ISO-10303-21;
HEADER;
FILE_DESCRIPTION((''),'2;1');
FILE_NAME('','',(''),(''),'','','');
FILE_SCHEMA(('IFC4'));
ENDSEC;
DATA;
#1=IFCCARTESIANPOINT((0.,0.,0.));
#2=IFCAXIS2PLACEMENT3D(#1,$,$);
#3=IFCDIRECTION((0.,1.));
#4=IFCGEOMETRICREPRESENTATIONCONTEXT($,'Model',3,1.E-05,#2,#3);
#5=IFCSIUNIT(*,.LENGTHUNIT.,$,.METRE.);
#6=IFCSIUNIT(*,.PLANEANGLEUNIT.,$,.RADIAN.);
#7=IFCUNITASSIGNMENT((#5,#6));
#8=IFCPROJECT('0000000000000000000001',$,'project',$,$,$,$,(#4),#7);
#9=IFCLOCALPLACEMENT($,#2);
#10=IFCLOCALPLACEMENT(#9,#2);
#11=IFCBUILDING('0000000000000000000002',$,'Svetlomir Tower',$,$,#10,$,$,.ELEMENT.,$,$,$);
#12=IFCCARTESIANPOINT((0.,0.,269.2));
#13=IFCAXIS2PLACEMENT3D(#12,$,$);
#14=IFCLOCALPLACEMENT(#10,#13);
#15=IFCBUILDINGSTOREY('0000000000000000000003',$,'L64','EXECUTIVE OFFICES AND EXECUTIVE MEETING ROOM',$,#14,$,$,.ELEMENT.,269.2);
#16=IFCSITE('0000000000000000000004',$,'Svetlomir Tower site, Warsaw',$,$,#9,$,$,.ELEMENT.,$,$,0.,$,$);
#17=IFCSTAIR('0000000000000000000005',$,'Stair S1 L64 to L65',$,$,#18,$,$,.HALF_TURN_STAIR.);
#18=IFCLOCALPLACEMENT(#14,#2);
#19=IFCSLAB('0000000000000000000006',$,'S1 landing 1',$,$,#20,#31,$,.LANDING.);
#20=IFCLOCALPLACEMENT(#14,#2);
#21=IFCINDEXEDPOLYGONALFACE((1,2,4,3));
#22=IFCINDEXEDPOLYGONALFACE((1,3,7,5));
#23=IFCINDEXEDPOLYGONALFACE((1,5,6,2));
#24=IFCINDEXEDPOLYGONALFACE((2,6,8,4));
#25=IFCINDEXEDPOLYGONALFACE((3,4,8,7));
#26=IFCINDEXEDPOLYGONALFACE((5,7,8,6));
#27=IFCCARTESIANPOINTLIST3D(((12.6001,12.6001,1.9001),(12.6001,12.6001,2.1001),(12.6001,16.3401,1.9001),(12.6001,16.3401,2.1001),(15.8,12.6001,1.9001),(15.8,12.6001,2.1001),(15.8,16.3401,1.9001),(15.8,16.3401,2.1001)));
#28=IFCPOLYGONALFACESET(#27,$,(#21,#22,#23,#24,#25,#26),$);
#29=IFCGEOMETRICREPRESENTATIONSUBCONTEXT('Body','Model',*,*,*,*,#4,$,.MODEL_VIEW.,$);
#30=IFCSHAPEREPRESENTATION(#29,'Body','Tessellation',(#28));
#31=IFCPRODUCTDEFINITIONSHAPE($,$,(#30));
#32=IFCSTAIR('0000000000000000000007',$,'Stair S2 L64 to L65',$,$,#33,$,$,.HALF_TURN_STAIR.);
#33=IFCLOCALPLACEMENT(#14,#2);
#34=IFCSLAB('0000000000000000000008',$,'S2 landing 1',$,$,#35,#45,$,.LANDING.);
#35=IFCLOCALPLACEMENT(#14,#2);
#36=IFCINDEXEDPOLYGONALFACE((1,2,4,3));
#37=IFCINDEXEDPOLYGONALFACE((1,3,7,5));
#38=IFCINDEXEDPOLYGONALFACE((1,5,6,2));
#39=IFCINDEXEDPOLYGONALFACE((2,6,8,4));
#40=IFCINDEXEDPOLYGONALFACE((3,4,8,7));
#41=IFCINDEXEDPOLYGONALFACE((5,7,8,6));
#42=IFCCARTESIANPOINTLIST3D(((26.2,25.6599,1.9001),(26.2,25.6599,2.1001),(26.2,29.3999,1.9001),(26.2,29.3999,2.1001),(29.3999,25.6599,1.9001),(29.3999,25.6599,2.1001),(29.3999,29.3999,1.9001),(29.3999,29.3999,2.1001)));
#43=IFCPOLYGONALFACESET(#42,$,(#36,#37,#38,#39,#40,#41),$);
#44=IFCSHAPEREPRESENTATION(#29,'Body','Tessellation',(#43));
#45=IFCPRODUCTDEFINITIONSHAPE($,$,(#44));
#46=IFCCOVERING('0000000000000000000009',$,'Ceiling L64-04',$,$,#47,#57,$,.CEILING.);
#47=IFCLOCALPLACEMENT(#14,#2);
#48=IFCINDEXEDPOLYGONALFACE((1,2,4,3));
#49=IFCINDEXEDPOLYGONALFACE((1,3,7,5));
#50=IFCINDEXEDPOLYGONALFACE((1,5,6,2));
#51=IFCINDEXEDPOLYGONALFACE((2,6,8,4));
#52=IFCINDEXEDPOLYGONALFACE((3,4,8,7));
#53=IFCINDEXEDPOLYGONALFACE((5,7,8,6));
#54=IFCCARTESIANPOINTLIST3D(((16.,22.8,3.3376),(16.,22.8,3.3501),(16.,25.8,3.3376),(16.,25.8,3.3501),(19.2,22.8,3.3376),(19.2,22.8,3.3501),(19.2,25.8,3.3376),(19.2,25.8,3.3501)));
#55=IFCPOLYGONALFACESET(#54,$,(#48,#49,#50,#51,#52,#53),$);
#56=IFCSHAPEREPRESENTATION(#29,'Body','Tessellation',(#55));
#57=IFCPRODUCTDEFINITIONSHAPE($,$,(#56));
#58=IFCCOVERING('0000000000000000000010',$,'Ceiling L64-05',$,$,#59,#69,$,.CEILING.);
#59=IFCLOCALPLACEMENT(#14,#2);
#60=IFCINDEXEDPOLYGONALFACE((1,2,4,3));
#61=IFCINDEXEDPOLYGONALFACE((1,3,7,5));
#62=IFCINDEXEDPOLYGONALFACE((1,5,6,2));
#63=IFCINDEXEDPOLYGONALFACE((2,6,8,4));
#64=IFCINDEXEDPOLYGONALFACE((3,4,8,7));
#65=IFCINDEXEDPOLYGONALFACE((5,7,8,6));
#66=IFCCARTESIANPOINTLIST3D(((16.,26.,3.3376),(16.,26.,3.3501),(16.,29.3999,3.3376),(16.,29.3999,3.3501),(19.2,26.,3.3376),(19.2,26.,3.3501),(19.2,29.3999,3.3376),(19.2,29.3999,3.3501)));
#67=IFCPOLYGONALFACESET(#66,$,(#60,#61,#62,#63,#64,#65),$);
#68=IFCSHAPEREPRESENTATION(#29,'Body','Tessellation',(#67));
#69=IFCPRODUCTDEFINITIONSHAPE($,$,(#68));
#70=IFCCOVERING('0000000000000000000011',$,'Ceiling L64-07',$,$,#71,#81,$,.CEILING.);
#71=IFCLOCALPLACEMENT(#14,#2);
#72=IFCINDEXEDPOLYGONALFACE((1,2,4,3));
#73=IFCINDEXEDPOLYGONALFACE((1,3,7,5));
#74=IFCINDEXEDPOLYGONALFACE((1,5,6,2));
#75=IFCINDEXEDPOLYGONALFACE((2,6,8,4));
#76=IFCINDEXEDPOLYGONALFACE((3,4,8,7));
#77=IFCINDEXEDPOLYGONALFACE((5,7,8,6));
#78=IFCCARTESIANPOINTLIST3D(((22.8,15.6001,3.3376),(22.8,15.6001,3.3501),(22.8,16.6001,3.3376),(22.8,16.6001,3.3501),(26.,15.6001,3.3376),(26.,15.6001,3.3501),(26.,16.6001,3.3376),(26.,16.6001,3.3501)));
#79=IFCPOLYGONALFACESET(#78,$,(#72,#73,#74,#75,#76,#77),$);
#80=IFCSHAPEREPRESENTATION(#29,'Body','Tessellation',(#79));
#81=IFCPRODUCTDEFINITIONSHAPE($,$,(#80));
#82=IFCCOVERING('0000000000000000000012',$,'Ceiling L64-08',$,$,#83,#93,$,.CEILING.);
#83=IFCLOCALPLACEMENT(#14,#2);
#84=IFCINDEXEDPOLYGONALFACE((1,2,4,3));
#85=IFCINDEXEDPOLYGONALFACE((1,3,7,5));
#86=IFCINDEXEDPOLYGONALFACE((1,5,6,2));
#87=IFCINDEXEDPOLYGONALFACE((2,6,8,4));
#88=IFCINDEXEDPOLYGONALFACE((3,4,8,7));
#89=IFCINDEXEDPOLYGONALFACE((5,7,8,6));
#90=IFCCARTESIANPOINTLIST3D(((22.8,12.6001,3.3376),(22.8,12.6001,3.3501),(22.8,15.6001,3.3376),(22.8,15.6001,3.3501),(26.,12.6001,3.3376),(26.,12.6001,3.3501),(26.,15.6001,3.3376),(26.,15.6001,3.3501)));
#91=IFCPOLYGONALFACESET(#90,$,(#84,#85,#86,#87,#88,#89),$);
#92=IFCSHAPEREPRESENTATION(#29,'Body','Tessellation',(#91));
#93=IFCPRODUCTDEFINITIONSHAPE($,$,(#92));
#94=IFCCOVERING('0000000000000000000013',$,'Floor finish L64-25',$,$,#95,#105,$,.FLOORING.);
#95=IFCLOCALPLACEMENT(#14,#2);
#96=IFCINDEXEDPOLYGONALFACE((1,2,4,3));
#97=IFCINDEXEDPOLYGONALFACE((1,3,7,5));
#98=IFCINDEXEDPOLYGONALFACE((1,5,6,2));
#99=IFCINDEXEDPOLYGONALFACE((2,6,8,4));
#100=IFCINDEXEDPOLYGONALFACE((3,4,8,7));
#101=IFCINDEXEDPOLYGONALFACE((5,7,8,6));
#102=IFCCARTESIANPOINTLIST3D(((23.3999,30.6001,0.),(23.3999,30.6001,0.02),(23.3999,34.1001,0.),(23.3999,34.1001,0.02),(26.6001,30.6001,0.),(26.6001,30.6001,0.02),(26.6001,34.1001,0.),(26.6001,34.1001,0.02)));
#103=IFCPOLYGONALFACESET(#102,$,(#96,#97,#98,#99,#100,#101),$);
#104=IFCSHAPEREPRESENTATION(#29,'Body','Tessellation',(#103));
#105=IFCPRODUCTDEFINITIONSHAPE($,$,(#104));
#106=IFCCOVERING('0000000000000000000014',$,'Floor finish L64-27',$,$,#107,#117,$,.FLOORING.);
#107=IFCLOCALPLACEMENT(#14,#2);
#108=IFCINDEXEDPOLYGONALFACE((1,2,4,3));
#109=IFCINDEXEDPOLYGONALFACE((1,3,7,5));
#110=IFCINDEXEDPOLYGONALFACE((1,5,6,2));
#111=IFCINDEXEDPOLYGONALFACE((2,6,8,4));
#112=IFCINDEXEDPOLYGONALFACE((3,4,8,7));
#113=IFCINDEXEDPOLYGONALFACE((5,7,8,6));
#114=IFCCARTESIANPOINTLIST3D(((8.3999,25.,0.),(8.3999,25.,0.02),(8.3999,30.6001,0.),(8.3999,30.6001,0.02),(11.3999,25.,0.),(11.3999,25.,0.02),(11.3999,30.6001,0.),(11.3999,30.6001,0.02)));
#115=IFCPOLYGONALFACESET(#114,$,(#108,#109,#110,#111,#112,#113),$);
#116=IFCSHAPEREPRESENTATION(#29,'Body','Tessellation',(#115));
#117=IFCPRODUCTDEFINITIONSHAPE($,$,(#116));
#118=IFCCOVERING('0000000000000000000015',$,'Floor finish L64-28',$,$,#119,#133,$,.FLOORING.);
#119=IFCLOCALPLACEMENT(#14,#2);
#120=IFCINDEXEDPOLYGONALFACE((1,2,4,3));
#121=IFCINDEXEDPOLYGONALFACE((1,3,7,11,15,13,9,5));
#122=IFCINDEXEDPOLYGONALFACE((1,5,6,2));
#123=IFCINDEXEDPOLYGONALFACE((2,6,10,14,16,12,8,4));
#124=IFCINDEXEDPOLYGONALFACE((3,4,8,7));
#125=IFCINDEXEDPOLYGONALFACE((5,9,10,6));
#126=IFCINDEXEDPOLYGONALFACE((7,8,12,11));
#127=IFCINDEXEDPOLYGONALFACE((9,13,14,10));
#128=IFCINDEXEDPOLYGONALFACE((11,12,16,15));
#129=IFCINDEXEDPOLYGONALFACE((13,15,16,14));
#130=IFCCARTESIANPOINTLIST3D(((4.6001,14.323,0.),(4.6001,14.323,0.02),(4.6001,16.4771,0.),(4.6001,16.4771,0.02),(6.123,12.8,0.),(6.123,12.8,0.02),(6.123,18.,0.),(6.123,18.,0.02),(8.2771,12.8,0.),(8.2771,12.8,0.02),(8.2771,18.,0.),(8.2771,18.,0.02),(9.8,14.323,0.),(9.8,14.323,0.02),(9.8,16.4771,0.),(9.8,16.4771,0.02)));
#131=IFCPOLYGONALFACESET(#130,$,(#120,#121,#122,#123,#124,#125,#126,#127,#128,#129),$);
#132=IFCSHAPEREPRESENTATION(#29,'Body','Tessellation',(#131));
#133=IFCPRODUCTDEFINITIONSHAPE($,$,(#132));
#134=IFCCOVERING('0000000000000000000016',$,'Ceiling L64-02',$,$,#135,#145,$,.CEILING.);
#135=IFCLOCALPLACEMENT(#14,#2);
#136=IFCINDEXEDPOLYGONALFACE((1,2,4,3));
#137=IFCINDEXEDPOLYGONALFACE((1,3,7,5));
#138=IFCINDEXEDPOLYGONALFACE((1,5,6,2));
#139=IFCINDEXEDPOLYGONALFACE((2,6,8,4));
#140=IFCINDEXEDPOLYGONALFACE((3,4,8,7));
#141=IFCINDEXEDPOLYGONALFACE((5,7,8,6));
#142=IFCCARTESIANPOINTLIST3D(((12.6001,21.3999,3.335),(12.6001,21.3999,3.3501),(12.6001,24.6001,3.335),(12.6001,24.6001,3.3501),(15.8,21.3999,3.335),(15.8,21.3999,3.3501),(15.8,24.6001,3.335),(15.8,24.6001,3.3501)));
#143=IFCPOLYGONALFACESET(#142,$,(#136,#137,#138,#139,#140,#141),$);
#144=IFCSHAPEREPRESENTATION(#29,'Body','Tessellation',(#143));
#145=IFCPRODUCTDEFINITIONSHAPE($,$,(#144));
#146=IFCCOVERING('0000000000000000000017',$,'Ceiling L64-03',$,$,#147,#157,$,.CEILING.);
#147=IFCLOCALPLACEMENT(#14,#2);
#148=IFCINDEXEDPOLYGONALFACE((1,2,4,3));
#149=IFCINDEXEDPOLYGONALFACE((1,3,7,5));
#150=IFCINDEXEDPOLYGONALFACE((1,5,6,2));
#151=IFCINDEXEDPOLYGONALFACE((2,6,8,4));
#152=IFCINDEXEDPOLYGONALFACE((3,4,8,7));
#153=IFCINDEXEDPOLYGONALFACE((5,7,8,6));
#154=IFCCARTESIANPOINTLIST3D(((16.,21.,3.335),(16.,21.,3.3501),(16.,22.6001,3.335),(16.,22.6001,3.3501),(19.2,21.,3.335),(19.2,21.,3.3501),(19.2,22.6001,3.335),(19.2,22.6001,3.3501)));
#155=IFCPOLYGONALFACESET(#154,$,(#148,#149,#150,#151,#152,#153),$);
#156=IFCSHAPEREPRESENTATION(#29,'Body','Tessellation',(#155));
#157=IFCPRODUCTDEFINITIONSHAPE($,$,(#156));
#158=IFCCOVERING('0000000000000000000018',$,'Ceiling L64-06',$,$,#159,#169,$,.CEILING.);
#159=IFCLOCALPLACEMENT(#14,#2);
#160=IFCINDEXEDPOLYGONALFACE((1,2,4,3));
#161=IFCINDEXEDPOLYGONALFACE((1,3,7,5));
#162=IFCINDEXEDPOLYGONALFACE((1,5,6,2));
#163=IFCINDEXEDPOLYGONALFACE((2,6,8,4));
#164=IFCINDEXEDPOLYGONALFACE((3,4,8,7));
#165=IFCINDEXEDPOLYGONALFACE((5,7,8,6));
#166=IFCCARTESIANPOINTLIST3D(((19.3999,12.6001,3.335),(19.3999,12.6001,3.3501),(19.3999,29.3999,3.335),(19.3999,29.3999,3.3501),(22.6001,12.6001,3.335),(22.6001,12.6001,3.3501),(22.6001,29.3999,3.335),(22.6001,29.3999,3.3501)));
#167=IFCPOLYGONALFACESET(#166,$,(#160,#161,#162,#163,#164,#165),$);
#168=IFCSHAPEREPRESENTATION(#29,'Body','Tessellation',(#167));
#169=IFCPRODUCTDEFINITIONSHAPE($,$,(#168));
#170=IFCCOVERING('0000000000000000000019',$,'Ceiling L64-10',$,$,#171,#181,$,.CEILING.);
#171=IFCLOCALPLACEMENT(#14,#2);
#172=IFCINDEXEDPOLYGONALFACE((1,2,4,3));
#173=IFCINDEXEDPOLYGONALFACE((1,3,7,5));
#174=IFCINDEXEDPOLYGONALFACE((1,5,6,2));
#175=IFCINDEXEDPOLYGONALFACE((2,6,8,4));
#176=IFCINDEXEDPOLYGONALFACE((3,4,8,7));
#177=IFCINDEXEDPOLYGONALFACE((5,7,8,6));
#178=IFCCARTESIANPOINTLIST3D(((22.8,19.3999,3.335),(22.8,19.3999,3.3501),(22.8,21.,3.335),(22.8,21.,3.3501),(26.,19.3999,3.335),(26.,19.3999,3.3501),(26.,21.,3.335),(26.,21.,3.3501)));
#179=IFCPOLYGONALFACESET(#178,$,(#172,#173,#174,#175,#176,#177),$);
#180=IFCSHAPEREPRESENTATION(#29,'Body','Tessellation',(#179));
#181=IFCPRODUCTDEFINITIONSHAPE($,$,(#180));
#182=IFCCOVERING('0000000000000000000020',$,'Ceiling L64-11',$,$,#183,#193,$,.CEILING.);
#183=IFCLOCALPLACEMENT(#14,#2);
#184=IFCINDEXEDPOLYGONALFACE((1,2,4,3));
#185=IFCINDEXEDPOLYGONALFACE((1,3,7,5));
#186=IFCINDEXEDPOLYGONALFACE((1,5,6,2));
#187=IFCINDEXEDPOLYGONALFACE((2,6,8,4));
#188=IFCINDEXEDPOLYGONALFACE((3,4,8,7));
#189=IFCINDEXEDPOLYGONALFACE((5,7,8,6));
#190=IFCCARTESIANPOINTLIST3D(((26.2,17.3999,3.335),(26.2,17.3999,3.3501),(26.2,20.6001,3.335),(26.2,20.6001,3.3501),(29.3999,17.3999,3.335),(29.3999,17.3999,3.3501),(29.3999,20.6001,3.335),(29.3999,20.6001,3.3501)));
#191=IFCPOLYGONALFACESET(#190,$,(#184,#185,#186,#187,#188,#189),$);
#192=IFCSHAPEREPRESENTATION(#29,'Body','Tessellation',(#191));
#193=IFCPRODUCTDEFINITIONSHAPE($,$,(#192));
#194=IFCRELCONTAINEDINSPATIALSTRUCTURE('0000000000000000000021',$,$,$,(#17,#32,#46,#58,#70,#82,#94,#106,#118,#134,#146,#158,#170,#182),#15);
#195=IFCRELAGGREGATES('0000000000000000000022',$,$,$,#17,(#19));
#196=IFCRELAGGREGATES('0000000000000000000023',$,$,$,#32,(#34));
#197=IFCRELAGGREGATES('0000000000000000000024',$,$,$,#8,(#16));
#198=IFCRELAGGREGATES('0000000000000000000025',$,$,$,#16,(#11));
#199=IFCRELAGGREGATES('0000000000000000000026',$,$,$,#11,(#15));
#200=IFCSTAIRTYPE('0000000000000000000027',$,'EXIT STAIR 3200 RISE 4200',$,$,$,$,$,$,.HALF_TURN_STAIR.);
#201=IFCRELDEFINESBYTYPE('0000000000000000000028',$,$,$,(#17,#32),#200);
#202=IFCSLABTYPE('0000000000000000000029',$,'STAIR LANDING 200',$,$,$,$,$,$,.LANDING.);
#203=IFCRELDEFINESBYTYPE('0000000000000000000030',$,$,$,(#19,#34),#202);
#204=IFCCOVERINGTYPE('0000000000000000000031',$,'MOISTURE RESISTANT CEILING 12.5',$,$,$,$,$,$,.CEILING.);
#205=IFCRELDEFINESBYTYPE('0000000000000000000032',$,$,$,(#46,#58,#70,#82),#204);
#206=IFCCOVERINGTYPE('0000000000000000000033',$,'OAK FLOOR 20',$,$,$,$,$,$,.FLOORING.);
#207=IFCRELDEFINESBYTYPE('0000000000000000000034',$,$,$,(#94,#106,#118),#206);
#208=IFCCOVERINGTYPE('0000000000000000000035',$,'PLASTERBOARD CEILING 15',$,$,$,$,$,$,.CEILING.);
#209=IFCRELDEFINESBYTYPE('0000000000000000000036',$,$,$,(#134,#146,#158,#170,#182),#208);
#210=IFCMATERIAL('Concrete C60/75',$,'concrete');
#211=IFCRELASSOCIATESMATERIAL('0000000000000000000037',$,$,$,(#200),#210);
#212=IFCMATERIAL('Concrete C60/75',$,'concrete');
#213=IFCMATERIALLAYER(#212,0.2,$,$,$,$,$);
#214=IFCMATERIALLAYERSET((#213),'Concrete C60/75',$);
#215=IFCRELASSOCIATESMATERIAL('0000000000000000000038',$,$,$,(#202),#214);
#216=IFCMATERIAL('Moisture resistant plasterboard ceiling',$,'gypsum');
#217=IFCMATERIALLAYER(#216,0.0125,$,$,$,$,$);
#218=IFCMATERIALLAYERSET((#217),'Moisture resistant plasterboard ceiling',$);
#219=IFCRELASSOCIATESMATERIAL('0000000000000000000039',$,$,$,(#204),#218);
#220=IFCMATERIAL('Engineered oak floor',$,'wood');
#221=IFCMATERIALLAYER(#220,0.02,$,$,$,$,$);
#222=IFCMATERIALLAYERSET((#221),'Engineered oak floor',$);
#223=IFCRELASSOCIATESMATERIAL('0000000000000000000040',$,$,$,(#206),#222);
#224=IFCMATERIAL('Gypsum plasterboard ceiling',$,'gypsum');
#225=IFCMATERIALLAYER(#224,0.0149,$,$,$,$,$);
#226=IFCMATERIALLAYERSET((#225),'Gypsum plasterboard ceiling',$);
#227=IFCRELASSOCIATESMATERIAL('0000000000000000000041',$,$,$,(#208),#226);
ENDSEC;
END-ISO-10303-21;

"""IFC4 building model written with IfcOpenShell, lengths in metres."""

from ifc_helpers import new_model, si_unit, direction, frame, origin, place, context, subcontext, project, spatial, polyline, outline, extrude, material, layer, layer_set, type_object, element, aggregate, save


model = new_model("IFC4")

# Units and contexts
model_context = context("Model", 3, precision=1e-05, world=origin(), true_north=direction((0.0, 1.0)))
body_context = subcontext(model_context, "Body", "Model", "MODEL_VIEW")
ifc_project = project(units=[si_unit("LENGTHUNIT", "METRE"), si_unit("PLANEANGLEUNIT", "RADIAN")], contexts=[model_context])

# Site, building, storey
site_placement = place(None, origin())
site = spatial("IfcSite", under=ifc_project, at=site_placement, Name="Svetlomir Tower site, Warsaw", CompositionType="ELEMENT", RefElevation=0.0)
building_placement = place(site_placement, origin())
building = spatial("IfcBuilding", under=site, at=building_placement, Name="Svetlomir Tower", CompositionType="ELEMENT")
storey_placement = place(building_placement, frame((0.0, 0.0, 269.2)))
storey = spatial("IfcBuildingStorey", under=building, at=storey_placement, Name="L64", Description="EXECUTIVE OFFICES AND EXECUTIVE MEETING ROOM", CompositionType="ELEMENT", Elevation=269.2)

# Stairs, slabs
ifc_material_1 = material(Name="Concrete C60/75", Category="concrete")
stair_type = type_object("IfcStairType", Name="EXIT STAIR 3200 RISE 4200", PredefinedType="HALF_TURN_STAIR", material=ifc_material_1)
stair_1_placement = place(storey_placement, origin())
stair_1 = element("IfcStair", 1, at=stair_1_placement, inside=storey, type_object=stair_type, Name="Stair S1 L64 to L65", PredefinedType="HALF_TURN_STAIR")
ifc_material_2 = material(Name="Concrete C60/75", Category="concrete")
ifc_layer_1 = layer(ifc_material_2, 0.2)
ifc_layer_set_1 = layer_set([ifc_layer_1], Name="Concrete C60/75")
slab_type = type_object("IfcSlabType", Name="STAIR LANDING 200", PredefinedType="LANDING", material=ifc_layer_set_1)
slab_1_placement = place(storey_placement, frame((0.0, 0.0, 1.9001)))
slab_1 = element("IfcSlab", 2, at=slab_1_placement, type_object=slab_type, Name="S1 landing 1", PredefinedType="LANDING", context=body_context, shape_type="SweptSolid", body=[
    extrude(outline(polyline([(12.6001, 12.6001), (15.8, 12.6001), (15.8, 16.3401), (12.6001, 16.3401), (12.6001, 12.6001)])), origin(), (0.0, 0.0, 1.0), 0.2),
])
aggregate(stair_1, [slab_1])
stair_2_placement = place(storey_placement, origin())
stair_2 = element("IfcStair", 3, at=stair_2_placement, inside=storey, type_object=stair_type, Name="Stair S2 L64 to L65", PredefinedType="HALF_TURN_STAIR")
slab_2_placement = place(storey_placement, frame((0.0, 0.0, 1.9001)))
slab_2 = element("IfcSlab", 4, at=slab_2_placement, type_object=slab_type, Name="S2 landing 1", PredefinedType="LANDING", context=body_context, shape_type="SweptSolid", body=[
    extrude(outline(polyline([(26.2, 25.6599), (29.3999, 25.6599), (29.3999, 29.3999), (26.2, 29.3999), (26.2, 25.6599)])), origin(), (0.0, 0.0, 1.0), 0.2),
])
aggregate(stair_2, [slab_2])

# Coverings
ifc_material_3 = material(Name="Moisture resistant plasterboard ceiling", Category="gypsum")
ifc_layer_2 = layer(ifc_material_3, 0.0125)
ifc_layer_set_2 = layer_set([ifc_layer_2], Name="Moisture resistant plasterboard ceiling")
covering_type_1 = type_object("IfcCoveringType", Name="MOISTURE RESISTANT CEILING 12.5", PredefinedType="CEILING", material=ifc_layer_set_2)
covering_1_placement = place(storey_placement, frame((0.0, 0.0, 3.3376)))
element("IfcCovering", 5, at=covering_1_placement, inside=storey, type_object=covering_type_1, Name="Ceiling L64-04", PredefinedType="CEILING", context=body_context, shape_type="SweptSolid", body=[
    extrude(outline(polyline([(16.0, 22.8), (19.2, 22.8), (19.2, 25.8), (16.0, 25.8), (16.0, 22.8)])), origin(), (0.0, 0.0, 1.0), 0.0125),
])
covering_2_placement = place(storey_placement, frame((0.0, 0.0, 3.3376)))
element("IfcCovering", 6, at=covering_2_placement, inside=storey, type_object=covering_type_1, Name="Ceiling L64-05", PredefinedType="CEILING", context=body_context, shape_type="SweptSolid", body=[
    extrude(outline(polyline([(16.0, 26.0), (19.2, 26.0), (19.2, 29.3999), (16.0, 29.3999), (16.0, 26.0)])), origin(), (0.0, 0.0, 1.0), 0.0125),
])
covering_3_placement = place(storey_placement, frame((0.0, 0.0, 3.3376)))
element("IfcCovering", 7, at=covering_3_placement, inside=storey, type_object=covering_type_1, Name="Ceiling L64-07", PredefinedType="CEILING", context=body_context, shape_type="SweptSolid", body=[
    extrude(outline(polyline([(22.8, 15.6001), (26.0, 15.6001), (26.0, 16.6001), (22.8, 16.6001), (22.8, 15.6001)])), origin(), (0.0, 0.0, 1.0), 0.0125),
])
covering_4_placement = place(storey_placement, frame((0.0, 0.0, 3.3376)))
element("IfcCovering", 8, at=covering_4_placement, inside=storey, type_object=covering_type_1, Name="Ceiling L64-08", PredefinedType="CEILING", context=body_context, shape_type="SweptSolid", body=[
    extrude(outline(polyline([(22.8, 12.6001), (26.0, 12.6001), (26.0, 15.6001), (22.8, 15.6001), (22.8, 12.6001)])), origin(), (0.0, 0.0, 1.0), 0.0125),
])
ifc_material_4 = material(Name="Engineered oak floor", Category="wood")
ifc_layer_3 = layer(ifc_material_4, 0.02)
ifc_layer_set_3 = layer_set([ifc_layer_3], Name="Engineered oak floor")
covering_type_2 = type_object("IfcCoveringType", Name="OAK FLOOR 20", PredefinedType="FLOORING", material=ifc_layer_set_3)
covering_5_placement = place(storey_placement, origin())
element("IfcCovering", 9, at=covering_5_placement, inside=storey, type_object=covering_type_2, Name="Floor finish L64-25", PredefinedType="FLOORING", context=body_context, shape_type="SweptSolid", body=[
    extrude(outline(polyline([(23.3999, 30.6001), (26.6001, 30.6001), (26.6001, 34.1001), (23.3999, 34.1001), (23.3999, 30.6001)])), origin(), (0.0, 0.0, 1.0), 0.02),
])
covering_6_placement = place(storey_placement, origin())
element("IfcCovering", 10, at=covering_6_placement, inside=storey, type_object=covering_type_2, Name="Floor finish L64-27", PredefinedType="FLOORING", context=body_context, shape_type="SweptSolid", body=[
    extrude(outline(polyline([(8.3999, 25.0), (11.3999, 25.0), (11.3999, 30.6001), (8.3999, 30.6001), (8.3999, 25.0)])), origin(), (0.0, 0.0, 1.0), 0.02),
])
covering_7_placement = place(storey_placement, origin())
element("IfcCovering", 11, at=covering_7_placement, inside=storey, type_object=covering_type_2, Name="Floor finish L64-28", PredefinedType="FLOORING", context=body_context, shape_type="SweptSolid", body=[
    extrude(outline(polyline([(6.123, 12.8), (8.2771, 12.8), (9.8, 14.323), (9.8, 16.4771), (8.2771, 18.0), (6.123, 18.0), (4.6001, 16.4771), (4.6001, 14.323), (6.123, 12.8)])), origin(), (0.0, 0.0, 1.0), 0.02),
])
ifc_material_5 = material(Name="Gypsum plasterboard ceiling", Category="gypsum")
ifc_layer_4 = layer(ifc_material_5, 0.0149)
ifc_layer_set_4 = layer_set([ifc_layer_4], Name="Gypsum plasterboard ceiling")
covering_type_3 = type_object("IfcCoveringType", Name="PLASTERBOARD CEILING 15", PredefinedType="CEILING", material=ifc_layer_set_4)
covering_8_placement = place(storey_placement, frame((0.0, 0.0, 3.335)))
element("IfcCovering", 12, at=covering_8_placement, inside=storey, type_object=covering_type_3, Name="Ceiling L64-02", PredefinedType="CEILING", context=body_context, shape_type="SweptSolid", body=[
    extrude(outline(polyline([(12.6001, 21.3999), (15.8, 21.3999), (15.8, 24.6001), (12.6001, 24.6001), (12.6001, 21.3999)])), origin(), (0.0, 0.0, 1.0), 0.0151),
])
covering_9_placement = place(storey_placement, frame((0.0, 0.0, 3.335)))
element("IfcCovering", 13, at=covering_9_placement, inside=storey, type_object=covering_type_3, Name="Ceiling L64-03", PredefinedType="CEILING", context=body_context, shape_type="SweptSolid", body=[
    extrude(outline(polyline([(16.0, 21.0), (19.2, 21.0), (19.2, 22.6001), (16.0, 22.6001), (16.0, 21.0)])), origin(), (0.0, 0.0, 1.0), 0.0151),
])
covering_10_placement = place(storey_placement, frame((0.0, 0.0, 3.335)))
element("IfcCovering", 14, at=covering_10_placement, inside=storey, type_object=covering_type_3, Name="Ceiling L64-06", PredefinedType="CEILING", context=body_context, shape_type="SweptSolid", body=[
    extrude(outline(polyline([(19.3999, 12.6001), (22.6001, 12.6001), (22.6001, 29.3999), (19.3999, 29.3999), (19.3999, 12.6001)])), origin(), (0.0, 0.0, 1.0), 0.0151),
])
covering_11_placement = place(storey_placement, frame((0.0, 0.0, 3.335)))
element("IfcCovering", 15, at=covering_11_placement, inside=storey, type_object=covering_type_3, Name="Ceiling L64-10", PredefinedType="CEILING", context=body_context, shape_type="SweptSolid", body=[
    extrude(outline(polyline([(22.8, 19.3999), (26.0, 19.3999), (26.0, 21.0), (22.8, 21.0), (22.8, 19.3999)])), origin(), (0.0, 0.0, 1.0), 0.0151),
])
covering_12_placement = place(storey_placement, frame((0.0, 0.0, 3.335)))
element("IfcCovering", 16, at=covering_12_placement, inside=storey, type_object=covering_type_3, Name="Ceiling L64-11", PredefinedType="CEILING", context=body_context, shape_type="SweptSolid", body=[
    extrude(outline(polyline([(26.2, 17.3999), (29.3999, 17.3999), (29.3999, 20.6001), (26.2, 20.6001), (26.2, 17.3999)])), origin(), (0.0, 0.0, 1.0), 0.0151),
])

save(model, "model.ifc")
